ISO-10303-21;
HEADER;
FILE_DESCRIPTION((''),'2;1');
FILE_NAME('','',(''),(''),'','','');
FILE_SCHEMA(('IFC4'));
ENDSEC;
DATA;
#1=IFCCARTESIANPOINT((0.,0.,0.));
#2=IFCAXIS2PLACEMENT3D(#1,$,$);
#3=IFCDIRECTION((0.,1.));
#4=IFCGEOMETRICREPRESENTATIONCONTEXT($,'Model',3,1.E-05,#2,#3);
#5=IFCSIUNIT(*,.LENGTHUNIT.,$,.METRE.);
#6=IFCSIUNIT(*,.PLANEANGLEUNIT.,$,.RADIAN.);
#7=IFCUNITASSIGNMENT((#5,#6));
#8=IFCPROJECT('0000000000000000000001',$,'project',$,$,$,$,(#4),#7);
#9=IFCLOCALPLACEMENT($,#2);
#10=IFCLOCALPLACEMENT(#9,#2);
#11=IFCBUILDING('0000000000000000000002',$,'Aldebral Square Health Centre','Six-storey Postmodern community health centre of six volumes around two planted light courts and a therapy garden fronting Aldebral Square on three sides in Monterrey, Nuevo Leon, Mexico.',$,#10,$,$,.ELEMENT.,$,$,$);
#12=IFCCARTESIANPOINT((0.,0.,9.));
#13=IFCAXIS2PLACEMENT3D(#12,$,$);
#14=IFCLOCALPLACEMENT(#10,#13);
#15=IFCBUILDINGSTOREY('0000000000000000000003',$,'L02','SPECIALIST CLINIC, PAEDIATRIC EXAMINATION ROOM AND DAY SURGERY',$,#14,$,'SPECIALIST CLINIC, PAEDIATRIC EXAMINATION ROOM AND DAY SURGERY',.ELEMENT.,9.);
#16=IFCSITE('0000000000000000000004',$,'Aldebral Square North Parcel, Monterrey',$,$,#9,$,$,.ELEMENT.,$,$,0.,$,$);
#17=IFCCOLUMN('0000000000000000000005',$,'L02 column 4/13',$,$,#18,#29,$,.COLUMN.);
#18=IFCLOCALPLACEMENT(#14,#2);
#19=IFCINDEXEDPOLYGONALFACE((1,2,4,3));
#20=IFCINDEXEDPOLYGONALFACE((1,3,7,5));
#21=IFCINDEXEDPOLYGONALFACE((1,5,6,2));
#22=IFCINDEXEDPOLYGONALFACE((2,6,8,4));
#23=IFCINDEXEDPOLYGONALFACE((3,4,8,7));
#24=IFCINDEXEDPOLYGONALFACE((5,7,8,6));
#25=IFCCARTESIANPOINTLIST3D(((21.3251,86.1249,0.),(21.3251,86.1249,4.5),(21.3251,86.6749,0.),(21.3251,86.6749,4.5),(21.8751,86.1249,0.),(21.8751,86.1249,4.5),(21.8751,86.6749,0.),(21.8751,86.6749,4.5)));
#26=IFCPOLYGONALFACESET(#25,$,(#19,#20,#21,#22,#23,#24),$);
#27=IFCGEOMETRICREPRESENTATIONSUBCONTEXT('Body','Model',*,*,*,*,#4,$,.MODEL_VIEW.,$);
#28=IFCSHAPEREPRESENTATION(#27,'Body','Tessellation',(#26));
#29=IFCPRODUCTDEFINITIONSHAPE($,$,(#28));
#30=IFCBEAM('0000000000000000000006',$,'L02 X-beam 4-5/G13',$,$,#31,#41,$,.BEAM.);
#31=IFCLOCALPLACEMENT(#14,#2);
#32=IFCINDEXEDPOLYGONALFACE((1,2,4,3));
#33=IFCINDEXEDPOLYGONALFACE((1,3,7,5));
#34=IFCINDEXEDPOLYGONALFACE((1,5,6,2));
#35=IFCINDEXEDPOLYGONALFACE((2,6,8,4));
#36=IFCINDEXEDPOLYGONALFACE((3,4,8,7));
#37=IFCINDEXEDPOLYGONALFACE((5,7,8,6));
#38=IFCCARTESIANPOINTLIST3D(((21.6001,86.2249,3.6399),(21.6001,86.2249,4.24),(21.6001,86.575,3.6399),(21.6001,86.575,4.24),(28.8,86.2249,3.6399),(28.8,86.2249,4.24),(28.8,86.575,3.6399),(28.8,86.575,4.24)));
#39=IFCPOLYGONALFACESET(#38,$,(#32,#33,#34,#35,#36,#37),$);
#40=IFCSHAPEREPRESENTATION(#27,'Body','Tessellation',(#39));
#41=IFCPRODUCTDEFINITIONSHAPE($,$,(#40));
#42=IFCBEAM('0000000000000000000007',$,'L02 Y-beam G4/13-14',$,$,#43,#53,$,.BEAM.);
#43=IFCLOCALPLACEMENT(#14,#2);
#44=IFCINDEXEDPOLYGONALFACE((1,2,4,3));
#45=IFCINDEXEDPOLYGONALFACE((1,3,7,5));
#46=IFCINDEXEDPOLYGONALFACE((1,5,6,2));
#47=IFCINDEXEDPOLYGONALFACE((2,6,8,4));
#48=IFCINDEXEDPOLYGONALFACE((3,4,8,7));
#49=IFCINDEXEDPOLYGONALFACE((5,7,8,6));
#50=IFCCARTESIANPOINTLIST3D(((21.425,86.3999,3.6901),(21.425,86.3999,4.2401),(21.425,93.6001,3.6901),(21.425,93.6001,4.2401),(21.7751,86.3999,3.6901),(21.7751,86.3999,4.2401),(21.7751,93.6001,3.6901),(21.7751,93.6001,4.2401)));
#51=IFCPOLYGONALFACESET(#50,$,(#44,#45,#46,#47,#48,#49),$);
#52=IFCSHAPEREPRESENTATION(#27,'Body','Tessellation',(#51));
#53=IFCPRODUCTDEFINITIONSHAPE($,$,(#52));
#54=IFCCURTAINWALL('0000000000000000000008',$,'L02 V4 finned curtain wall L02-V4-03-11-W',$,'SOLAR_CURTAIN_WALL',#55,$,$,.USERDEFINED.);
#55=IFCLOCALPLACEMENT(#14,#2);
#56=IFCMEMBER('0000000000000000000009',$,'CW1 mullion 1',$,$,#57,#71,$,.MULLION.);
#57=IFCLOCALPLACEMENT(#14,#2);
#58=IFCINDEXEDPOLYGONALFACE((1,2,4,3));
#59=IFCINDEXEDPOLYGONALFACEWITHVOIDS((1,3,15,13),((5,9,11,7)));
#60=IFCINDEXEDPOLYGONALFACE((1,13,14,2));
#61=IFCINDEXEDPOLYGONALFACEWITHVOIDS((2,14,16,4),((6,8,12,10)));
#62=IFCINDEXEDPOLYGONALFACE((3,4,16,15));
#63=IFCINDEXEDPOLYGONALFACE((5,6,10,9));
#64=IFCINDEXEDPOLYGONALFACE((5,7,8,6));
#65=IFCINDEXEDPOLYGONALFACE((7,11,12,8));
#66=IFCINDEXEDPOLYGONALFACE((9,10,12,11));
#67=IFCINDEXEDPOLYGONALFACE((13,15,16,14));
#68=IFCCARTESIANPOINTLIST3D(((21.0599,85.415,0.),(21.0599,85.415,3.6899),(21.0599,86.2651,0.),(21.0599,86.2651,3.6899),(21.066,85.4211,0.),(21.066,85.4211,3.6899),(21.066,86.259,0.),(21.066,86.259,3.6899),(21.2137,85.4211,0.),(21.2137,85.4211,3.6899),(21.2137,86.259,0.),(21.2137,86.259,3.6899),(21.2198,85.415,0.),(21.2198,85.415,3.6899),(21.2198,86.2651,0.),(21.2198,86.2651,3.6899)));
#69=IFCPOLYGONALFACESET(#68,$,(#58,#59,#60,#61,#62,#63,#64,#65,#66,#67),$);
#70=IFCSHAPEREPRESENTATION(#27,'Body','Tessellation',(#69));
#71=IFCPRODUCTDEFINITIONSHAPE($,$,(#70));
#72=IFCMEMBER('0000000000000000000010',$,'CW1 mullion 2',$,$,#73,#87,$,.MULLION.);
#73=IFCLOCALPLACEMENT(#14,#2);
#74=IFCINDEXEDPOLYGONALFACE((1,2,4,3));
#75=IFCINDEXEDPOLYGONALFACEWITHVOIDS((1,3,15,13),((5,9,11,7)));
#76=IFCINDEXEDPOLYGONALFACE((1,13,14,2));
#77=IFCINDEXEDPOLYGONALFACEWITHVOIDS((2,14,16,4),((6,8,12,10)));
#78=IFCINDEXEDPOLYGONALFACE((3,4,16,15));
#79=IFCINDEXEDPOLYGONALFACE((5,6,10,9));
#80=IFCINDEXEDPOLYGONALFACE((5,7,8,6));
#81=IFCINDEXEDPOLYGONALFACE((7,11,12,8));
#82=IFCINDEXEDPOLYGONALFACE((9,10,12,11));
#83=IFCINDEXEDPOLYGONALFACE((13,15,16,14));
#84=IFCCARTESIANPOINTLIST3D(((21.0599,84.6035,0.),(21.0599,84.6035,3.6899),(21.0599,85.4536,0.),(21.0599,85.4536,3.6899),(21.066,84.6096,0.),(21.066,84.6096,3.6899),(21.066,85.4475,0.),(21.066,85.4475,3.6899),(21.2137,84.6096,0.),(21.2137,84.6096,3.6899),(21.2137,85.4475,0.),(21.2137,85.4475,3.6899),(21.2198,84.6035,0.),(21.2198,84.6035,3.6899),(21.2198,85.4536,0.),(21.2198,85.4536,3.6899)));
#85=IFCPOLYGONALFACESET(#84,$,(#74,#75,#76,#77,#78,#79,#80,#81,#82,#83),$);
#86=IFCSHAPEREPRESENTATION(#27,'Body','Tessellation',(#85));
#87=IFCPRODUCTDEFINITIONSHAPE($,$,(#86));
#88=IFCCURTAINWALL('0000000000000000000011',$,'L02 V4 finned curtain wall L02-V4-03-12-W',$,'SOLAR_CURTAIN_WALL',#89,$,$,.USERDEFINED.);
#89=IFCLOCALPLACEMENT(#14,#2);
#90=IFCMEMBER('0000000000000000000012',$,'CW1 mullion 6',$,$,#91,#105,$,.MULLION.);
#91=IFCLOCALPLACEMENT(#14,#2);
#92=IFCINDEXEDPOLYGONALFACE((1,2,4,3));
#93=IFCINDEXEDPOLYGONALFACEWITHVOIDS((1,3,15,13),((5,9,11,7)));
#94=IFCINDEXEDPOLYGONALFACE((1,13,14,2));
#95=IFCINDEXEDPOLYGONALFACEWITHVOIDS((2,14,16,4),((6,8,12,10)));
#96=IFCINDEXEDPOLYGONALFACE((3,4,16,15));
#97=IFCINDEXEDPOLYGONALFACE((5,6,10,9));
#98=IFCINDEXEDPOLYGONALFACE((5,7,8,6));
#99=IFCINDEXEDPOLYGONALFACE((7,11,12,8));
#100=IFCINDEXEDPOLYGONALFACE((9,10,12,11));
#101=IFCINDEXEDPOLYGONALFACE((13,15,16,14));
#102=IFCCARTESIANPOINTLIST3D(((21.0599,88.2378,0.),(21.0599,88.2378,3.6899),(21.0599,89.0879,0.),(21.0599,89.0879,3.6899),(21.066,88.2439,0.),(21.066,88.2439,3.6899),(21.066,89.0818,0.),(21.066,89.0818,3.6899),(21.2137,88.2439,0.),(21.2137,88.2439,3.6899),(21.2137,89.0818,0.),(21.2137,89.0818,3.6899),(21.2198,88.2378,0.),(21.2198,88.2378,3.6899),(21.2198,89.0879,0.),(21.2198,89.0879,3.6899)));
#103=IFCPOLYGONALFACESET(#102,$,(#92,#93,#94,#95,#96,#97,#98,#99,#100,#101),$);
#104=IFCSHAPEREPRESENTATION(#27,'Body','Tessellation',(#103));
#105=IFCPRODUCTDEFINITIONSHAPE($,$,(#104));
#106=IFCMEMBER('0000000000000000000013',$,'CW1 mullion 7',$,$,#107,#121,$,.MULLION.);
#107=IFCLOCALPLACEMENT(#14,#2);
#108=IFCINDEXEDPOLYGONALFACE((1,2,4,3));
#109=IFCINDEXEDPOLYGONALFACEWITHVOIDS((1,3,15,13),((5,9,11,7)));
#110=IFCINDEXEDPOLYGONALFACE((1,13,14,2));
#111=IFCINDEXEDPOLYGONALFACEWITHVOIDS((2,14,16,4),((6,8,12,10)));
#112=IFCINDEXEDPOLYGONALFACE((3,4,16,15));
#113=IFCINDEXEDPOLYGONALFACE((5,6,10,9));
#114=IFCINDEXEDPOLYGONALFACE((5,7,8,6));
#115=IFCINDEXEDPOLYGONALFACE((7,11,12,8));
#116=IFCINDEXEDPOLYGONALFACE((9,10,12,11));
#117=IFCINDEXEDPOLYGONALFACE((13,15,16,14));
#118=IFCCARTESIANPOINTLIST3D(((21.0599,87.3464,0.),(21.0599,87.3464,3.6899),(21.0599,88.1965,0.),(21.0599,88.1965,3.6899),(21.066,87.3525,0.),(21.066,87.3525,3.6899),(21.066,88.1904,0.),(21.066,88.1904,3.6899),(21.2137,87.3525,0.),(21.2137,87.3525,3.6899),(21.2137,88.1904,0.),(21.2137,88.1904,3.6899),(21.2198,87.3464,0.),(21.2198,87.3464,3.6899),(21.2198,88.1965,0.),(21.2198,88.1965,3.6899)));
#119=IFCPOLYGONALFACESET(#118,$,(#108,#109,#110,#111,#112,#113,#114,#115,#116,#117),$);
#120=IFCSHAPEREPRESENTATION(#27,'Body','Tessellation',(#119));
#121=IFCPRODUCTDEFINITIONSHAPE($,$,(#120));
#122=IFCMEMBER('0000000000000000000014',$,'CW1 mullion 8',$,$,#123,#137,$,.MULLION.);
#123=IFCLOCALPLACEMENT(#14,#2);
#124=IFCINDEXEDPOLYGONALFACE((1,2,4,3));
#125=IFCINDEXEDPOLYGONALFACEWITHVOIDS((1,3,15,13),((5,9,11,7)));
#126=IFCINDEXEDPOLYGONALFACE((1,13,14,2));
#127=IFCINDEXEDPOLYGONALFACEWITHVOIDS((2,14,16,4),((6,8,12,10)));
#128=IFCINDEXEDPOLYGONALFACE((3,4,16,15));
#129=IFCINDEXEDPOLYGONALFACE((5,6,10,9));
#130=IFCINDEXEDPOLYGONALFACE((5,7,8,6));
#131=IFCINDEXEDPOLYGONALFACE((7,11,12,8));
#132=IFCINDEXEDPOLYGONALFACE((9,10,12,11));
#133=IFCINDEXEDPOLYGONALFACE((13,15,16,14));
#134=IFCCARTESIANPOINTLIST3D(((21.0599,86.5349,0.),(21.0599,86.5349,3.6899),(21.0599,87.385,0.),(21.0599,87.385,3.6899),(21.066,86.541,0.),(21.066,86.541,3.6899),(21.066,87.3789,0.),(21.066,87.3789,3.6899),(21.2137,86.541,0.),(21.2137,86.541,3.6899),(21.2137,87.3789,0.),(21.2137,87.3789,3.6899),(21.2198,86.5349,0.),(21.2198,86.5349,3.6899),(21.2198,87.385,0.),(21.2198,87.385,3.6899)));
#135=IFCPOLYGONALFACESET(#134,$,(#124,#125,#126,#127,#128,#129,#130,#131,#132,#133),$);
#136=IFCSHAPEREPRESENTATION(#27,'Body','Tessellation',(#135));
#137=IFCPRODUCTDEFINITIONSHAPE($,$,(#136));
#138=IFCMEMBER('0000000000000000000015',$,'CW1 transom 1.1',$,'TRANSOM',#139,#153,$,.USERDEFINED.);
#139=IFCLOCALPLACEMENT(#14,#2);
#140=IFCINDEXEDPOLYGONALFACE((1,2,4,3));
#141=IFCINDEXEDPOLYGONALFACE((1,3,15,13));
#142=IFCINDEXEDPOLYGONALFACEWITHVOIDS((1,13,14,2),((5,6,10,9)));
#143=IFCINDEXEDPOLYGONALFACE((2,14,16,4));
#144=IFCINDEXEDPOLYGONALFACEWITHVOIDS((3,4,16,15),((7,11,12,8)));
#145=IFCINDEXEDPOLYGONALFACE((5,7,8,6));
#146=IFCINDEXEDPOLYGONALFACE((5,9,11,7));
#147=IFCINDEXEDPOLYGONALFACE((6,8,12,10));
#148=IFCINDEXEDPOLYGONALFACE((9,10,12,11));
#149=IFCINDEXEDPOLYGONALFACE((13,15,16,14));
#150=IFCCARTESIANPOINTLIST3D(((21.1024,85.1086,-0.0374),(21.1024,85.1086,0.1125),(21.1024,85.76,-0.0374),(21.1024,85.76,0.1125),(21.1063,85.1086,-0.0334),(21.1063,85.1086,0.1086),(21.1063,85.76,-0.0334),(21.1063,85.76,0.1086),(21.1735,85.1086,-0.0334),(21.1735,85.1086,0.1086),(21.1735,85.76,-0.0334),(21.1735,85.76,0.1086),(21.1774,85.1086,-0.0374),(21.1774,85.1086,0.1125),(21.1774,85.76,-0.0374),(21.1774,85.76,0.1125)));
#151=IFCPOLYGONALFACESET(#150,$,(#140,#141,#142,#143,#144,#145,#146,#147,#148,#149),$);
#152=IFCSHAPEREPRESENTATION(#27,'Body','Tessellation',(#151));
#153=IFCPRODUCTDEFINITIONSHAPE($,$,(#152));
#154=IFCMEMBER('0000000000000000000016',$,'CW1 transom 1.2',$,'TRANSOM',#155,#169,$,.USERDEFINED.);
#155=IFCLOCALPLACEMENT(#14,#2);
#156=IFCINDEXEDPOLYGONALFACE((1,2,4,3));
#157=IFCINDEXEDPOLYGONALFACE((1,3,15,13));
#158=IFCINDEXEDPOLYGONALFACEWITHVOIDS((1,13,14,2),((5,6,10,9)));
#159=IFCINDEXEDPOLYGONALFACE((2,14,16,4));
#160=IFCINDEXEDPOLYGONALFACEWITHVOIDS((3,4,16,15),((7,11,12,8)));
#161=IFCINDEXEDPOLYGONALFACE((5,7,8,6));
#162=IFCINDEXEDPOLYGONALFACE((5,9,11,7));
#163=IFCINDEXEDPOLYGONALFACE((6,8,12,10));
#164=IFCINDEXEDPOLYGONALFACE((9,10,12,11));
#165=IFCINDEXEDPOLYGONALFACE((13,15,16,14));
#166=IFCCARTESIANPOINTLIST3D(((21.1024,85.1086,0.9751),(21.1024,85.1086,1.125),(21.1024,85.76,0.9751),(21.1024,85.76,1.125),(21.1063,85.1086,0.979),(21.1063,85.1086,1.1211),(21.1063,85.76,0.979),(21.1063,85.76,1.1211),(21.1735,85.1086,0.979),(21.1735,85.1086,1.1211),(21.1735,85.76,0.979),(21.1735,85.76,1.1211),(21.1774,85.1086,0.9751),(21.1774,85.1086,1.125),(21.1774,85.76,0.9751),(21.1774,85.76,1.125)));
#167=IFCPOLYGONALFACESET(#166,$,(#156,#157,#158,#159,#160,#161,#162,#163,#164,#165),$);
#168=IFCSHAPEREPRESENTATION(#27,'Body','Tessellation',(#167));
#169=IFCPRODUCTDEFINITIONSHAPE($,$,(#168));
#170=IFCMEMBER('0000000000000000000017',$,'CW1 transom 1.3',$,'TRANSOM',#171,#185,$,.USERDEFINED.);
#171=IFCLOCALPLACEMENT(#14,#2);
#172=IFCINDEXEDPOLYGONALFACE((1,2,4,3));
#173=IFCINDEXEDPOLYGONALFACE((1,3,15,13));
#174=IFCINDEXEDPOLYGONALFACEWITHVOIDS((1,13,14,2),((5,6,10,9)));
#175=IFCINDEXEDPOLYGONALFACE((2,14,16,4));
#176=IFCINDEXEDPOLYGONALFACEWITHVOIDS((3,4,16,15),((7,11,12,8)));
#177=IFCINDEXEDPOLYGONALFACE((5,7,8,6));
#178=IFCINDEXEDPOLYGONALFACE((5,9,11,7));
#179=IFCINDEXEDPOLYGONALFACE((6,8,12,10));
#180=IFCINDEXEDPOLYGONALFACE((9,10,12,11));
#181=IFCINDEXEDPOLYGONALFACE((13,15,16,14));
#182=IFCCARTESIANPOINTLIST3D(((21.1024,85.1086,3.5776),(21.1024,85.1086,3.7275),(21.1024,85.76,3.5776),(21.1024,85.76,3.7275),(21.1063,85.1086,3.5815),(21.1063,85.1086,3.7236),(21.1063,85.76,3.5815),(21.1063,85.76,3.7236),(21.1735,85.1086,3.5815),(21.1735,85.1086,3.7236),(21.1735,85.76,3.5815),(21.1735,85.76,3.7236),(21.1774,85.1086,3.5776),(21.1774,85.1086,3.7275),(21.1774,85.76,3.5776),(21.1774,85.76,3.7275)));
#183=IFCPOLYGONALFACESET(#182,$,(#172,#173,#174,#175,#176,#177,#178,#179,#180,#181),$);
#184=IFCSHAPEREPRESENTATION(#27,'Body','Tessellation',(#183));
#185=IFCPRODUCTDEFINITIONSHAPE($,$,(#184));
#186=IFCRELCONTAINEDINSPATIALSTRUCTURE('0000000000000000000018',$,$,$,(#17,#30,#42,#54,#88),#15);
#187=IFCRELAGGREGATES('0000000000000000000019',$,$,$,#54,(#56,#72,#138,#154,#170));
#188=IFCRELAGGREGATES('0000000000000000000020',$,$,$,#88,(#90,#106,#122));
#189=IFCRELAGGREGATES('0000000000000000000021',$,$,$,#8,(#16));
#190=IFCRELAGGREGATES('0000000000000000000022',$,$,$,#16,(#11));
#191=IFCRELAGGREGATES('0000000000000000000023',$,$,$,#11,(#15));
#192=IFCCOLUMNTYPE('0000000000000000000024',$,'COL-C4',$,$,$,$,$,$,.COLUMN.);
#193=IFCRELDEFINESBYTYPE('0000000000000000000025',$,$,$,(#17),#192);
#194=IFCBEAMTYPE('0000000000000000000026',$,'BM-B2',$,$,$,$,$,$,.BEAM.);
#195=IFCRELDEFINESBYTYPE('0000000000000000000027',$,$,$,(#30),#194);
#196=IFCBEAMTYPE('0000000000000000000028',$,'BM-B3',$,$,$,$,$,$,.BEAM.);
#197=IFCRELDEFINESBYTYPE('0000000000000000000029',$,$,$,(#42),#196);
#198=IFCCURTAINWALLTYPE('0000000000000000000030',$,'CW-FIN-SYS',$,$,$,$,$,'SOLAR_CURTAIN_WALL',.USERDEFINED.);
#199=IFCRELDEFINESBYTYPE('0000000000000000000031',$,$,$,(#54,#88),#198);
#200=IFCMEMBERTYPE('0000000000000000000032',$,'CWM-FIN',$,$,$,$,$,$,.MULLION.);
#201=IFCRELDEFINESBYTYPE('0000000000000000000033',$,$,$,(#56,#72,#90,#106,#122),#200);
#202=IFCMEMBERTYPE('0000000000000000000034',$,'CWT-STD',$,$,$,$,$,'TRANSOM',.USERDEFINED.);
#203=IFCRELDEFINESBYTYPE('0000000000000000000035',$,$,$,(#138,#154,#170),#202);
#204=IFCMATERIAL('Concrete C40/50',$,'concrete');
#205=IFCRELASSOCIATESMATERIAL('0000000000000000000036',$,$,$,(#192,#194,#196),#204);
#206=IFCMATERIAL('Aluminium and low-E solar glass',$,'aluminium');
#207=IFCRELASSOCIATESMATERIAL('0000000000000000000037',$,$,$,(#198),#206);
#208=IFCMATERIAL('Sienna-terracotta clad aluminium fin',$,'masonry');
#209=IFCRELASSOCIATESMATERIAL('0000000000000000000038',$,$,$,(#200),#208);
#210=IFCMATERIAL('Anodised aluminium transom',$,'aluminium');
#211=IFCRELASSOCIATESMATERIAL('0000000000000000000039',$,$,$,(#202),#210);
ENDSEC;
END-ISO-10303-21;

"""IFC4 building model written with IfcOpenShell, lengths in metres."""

from ifc_helpers import new_model, si_unit, direction, frame, origin, origin_2d, place, context, subcontext, project, spatial, rectangle, hollow_rectangle, extrude, material, material_profile, profile_set, type_object, element, aggregate, save


model = new_model("IFC4")

# Units and contexts
model_context = context("Model", 3, precision=1e-05, world=origin(), true_north=direction((0.0, 1.0)))
body_context = subcontext(model_context, "Body", "Model", "MODEL_VIEW")
ifc_project = project(units=[si_unit("LENGTHUNIT", "METRE"), si_unit("PLANEANGLEUNIT", "RADIAN")], contexts=[model_context])

# Site, building, storey
site_placement = place(None, origin())
site = spatial("IfcSite", under=ifc_project, at=site_placement, Name="Aldebral Square North Parcel, Monterrey", CompositionType="ELEMENT", RefElevation=0.0)
building_placement = place(site_placement, origin())
building = spatial("IfcBuilding", under=site, at=building_placement, Name="Aldebral Square Health Centre", Description="Six-storey Postmodern community health centre of six volumes around two planted light courts and a therapy garden fronting Aldebral Square on three sides in Monterrey, Nuevo Leon, Mexico.", CompositionType="ELEMENT")
storey_placement = place(building_placement, frame((0.0, 0.0, 9.0)))
storey = spatial("IfcBuildingStorey", under=building, at=storey_placement, Name="L02", Description="SPECIALIST CLINIC, PAEDIATRIC EXAMINATION ROOM AND DAY SURGERY", LongName="SPECIALIST CLINIC, PAEDIATRIC EXAMINATION ROOM AND DAY SURGERY", CompositionType="ELEMENT", Elevation=9.0)

# Column
ifc_material_1 = material(Name="Concrete C40/50", Category="concrete")
ifc_material_profile_1 = material_profile(ifc_material_1, rectangle(XDim=0.55, YDim=0.55, at=origin_2d()), Name="RC 550x550")
ifc_profile_set_1 = profile_set([ifc_material_profile_1], Name="Concrete C40/50")
column_type = type_object("IfcColumnType", Name="COL-C4", PredefinedType="COLUMN", material=ifc_profile_set_1)
column_placement = place(storey_placement, frame((21.6001, 86.3999, 0.0), z_axis=(0.0, 0.0, 1.0), x_axis=(1.0, 0.0, 0.0)))
element("IfcColumn", 1, at=column_placement, inside=storey, type_object=column_type, Name="L02 column 4/13", PredefinedType="COLUMN", context=body_context, shape_type="SweptSolid", body=[
    extrude(rectangle(XDim=0.55, YDim=0.55, at=origin_2d()), origin(), (0.0, 0.0, 1.0), 4.5),
])

# Beams
ifc_material_profile_2 = material_profile(ifc_material_1, rectangle(XDim=0.3501, YDim=0.6001, at=origin_2d()), Name="RC 350x600")
ifc_profile_set_2 = profile_set([ifc_material_profile_2], Name="Concrete C40/50")
beam_type_1 = type_object("IfcBeamType", Name="BM-B2", PredefinedType="BEAM", material=ifc_profile_set_2)
beam_1_placement = place(storey_placement, frame((21.6001, 86.3999, 3.9399), z_axis=(1.0, 0.0, 0.0), x_axis=(0.0, 1.0, 0.0)))
element("IfcBeam", 2, at=beam_1_placement, inside=storey, type_object=beam_type_1, Name="L02 X-beam 4-5/G13", PredefinedType="BEAM", context=body_context, shape_type="SweptSolid", body=[
    extrude(rectangle(XDim=0.3501, YDim=0.6001, at=origin_2d()), origin(), (0.0, 0.0, 1.0), 7.2),
])
ifc_material_profile_3 = material_profile(ifc_material_1, rectangle(XDim=0.3501, YDim=0.55, at=origin_2d()), Name="RC 350x550")
ifc_profile_set_3 = profile_set([ifc_material_profile_3], Name="Concrete C40/50")
beam_type_2 = type_object("IfcBeamType", Name="BM-B3", PredefinedType="BEAM", material=ifc_profile_set_3)
beam_2_placement = place(storey_placement, frame((21.6001, 86.3999, 3.9651), z_axis=(0.0, 1.0, 0.0), x_axis=(-1.0, 0.0, 0.0)))
element("IfcBeam", 3, at=beam_2_placement, inside=storey, type_object=beam_type_2, Name="L02 Y-beam G4/13-14", PredefinedType="BEAM", context=body_context, shape_type="SweptSolid", body=[
    extrude(rectangle(XDim=0.3501, YDim=0.55, at=origin_2d()), origin(), (0.0, 0.0, 1.0), 7.2002),
])

# Curtain walls, members
ifc_material_2 = material(Name="Aluminium and low-E solar glass", Category="aluminium")
curtain_wall_type = type_object("IfcCurtainWallType", Name="CW-FIN-SYS", ElementType="SOLAR_CURTAIN_WALL", PredefinedType="USERDEFINED", material=ifc_material_2)
curtain_wall_1_placement = place(storey_placement, origin())
curtain_wall_1 = element("IfcCurtainWall", 4, at=curtain_wall_1_placement, inside=storey, type_object=curtain_wall_type, Name="L02 V4 finned curtain wall L02-V4-03-11-W", ObjectType="SOLAR_CURTAIN_WALL", PredefinedType="USERDEFINED")
ifc_material_3 = material(Name="Sienna-terracotta clad aluminium fin", Category="masonry")
ifc_material_profile_4 = material_profile(ifc_material_3, hollow_rectangle(XDim=0.1599, YDim=0.8501, WallThickness=0.0061, at=origin_2d()), Name="FIN 160x850x6")
ifc_profile_set_4 = profile_set([ifc_material_profile_4], Name="Sienna-terracotta clad aluminium fin")
member_type_1 = type_object("IfcMemberType", Name="CWM-FIN", PredefinedType="MULLION", material=ifc_profile_set_4)
member_1_placement = place(storey_placement, frame((21.1399, 85.8401, 0.0), z_axis=(0.0, 0.0, 1.0), x_axis=(1.0, 0.0, 0.0)))
member_1 = element("IfcMember", 5, at=member_1_placement, type_object=member_type_1, Name="CW1 mullion 1", PredefinedType="MULLION", context=body_context, shape_type="SweptSolid", body=[
    extrude(hollow_rectangle(XDim=0.1599, YDim=0.8501, WallThickness=0.0061, at=origin_2d()), origin(), (0.0, 0.0, 1.0), 3.6899),
])
member_2_placement = place(storey_placement, frame((21.1399, 85.0286, 0.0), z_axis=(0.0, 0.0, 1.0), x_axis=(1.0, 0.0, 0.0)))
member_2 = element("IfcMember", 6, at=member_2_placement, type_object=member_type_1, Name="CW1 mullion 2", PredefinedType="MULLION", context=body_context, shape_type="SweptSolid", body=[
    extrude(hollow_rectangle(XDim=0.1599, YDim=0.8501, WallThickness=0.0061, at=origin_2d()), origin(), (0.0, 0.0, 1.0), 3.6899),
])
curtain_wall_2_placement = place(storey_placement, origin())
curtain_wall_2 = element("IfcCurtainWall", 7, at=curtain_wall_2_placement, inside=storey, type_object=curtain_wall_type, Name="L02 V4 finned curtain wall L02-V4-03-12-W", ObjectType="SOLAR_CURTAIN_WALL", PredefinedType="USERDEFINED")
member_3_placement = place(storey_placement, frame((21.1399, 88.6628, 0.0), z_axis=(0.0, 0.0, 1.0), x_axis=(1.0, 0.0, 0.0)))
member_3 = element("IfcMember", 8, at=member_3_placement, type_object=member_type_1, Name="CW1 mullion 6", PredefinedType="MULLION", context=body_context, shape_type="SweptSolid", body=[
    extrude(hollow_rectangle(XDim=0.1599, YDim=0.8501, WallThickness=0.0061, at=origin_2d()), origin(), (0.0, 0.0, 1.0), 3.6899),
])
member_4_placement = place(storey_placement, frame((21.1399, 87.7715, 0.0), z_axis=(0.0, 0.0, 1.0), x_axis=(1.0, 0.0, 0.0)))
member_4 = element("IfcMember", 9, at=member_4_placement, type_object=member_type_1, Name="CW1 mullion 7", PredefinedType="MULLION", context=body_context, shape_type="SweptSolid", body=[
    extrude(hollow_rectangle(XDim=0.1599, YDim=0.8501, WallThickness=0.0061, at=origin_2d()), origin(), (0.0, 0.0, 1.0), 3.6899),
])
member_5_placement = place(storey_placement, frame((21.1399, 86.96, 0.0), z_axis=(0.0, 0.0, 1.0), x_axis=(1.0, 0.0, 0.0)))
member_5 = element("IfcMember", 10, at=member_5_placement, type_object=member_type_1, Name="CW1 mullion 8", PredefinedType="MULLION", context=body_context, shape_type="SweptSolid", body=[
    extrude(hollow_rectangle(XDim=0.1599, YDim=0.8501, WallThickness=0.0061, at=origin_2d()), origin(), (0.0, 0.0, 1.0), 3.6899),
])

# Members
ifc_material_4 = material(Name="Anodised aluminium transom", Category="aluminium")
ifc_material_profile_5 = material_profile(ifc_material_4, hollow_rectangle(XDim=0.075, YDim=0.1499, WallThickness=0.0039, at=origin_2d()), Name="CWT 75x150x4")
ifc_profile_set_5 = profile_set([ifc_material_profile_5], Name="Anodised aluminium transom")
member_type_2 = type_object("IfcMemberType", Name="CWT-STD", ElementType="TRANSOM", PredefinedType="USERDEFINED", material=ifc_profile_set_5)
member_6_placement = place(storey_placement, frame((21.1399, 85.76, 0.0376), z_axis=(0.0, -1.0, 0.0), x_axis=(1.0, 0.0, 0.0)))
member_6 = element("IfcMember", 11, at=member_6_placement, type_object=member_type_2, Name="CW1 transom 1.1", ObjectType="TRANSOM", PredefinedType="USERDEFINED", context=body_context, shape_type="SweptSolid", body=[
    extrude(hollow_rectangle(XDim=0.075, YDim=0.1499, WallThickness=0.0039, at=origin_2d()), origin(), (0.0, 0.0, 1.0), 0.6514),
])
member_7_placement = place(storey_placement, frame((21.1399, 85.76, 1.05), z_axis=(0.0, -1.0, 0.0), x_axis=(1.0, 0.0, 0.0)))
member_7 = element("IfcMember", 12, at=member_7_placement, type_object=member_type_2, Name="CW1 transom 1.2", ObjectType="TRANSOM", PredefinedType="USERDEFINED", context=body_context, shape_type="SweptSolid", body=[
    extrude(hollow_rectangle(XDim=0.075, YDim=0.1499, WallThickness=0.0039, at=origin_2d()), origin(), (0.0, 0.0, 1.0), 0.6514),
])
member_8_placement = place(storey_placement, frame((21.1399, 85.76, 3.6526), z_axis=(0.0, -1.0, 0.0), x_axis=(1.0, 0.0, 0.0)))
member_8 = element("IfcMember", 13, at=member_8_placement, type_object=member_type_2, Name="CW1 transom 1.3", ObjectType="TRANSOM", PredefinedType="USERDEFINED", context=body_context, shape_type="SweptSolid", body=[
    extrude(hollow_rectangle(XDim=0.075, YDim=0.1499, WallThickness=0.0039, at=origin_2d()), origin(), (0.0, 0.0, 1.0), 0.6514),
])

aggregate(curtain_wall_1, [member_1, member_2, member_6, member_7, member_8])
aggregate(curtain_wall_2, [member_3, member_4, member_5])

save(model, "model.ifc")
